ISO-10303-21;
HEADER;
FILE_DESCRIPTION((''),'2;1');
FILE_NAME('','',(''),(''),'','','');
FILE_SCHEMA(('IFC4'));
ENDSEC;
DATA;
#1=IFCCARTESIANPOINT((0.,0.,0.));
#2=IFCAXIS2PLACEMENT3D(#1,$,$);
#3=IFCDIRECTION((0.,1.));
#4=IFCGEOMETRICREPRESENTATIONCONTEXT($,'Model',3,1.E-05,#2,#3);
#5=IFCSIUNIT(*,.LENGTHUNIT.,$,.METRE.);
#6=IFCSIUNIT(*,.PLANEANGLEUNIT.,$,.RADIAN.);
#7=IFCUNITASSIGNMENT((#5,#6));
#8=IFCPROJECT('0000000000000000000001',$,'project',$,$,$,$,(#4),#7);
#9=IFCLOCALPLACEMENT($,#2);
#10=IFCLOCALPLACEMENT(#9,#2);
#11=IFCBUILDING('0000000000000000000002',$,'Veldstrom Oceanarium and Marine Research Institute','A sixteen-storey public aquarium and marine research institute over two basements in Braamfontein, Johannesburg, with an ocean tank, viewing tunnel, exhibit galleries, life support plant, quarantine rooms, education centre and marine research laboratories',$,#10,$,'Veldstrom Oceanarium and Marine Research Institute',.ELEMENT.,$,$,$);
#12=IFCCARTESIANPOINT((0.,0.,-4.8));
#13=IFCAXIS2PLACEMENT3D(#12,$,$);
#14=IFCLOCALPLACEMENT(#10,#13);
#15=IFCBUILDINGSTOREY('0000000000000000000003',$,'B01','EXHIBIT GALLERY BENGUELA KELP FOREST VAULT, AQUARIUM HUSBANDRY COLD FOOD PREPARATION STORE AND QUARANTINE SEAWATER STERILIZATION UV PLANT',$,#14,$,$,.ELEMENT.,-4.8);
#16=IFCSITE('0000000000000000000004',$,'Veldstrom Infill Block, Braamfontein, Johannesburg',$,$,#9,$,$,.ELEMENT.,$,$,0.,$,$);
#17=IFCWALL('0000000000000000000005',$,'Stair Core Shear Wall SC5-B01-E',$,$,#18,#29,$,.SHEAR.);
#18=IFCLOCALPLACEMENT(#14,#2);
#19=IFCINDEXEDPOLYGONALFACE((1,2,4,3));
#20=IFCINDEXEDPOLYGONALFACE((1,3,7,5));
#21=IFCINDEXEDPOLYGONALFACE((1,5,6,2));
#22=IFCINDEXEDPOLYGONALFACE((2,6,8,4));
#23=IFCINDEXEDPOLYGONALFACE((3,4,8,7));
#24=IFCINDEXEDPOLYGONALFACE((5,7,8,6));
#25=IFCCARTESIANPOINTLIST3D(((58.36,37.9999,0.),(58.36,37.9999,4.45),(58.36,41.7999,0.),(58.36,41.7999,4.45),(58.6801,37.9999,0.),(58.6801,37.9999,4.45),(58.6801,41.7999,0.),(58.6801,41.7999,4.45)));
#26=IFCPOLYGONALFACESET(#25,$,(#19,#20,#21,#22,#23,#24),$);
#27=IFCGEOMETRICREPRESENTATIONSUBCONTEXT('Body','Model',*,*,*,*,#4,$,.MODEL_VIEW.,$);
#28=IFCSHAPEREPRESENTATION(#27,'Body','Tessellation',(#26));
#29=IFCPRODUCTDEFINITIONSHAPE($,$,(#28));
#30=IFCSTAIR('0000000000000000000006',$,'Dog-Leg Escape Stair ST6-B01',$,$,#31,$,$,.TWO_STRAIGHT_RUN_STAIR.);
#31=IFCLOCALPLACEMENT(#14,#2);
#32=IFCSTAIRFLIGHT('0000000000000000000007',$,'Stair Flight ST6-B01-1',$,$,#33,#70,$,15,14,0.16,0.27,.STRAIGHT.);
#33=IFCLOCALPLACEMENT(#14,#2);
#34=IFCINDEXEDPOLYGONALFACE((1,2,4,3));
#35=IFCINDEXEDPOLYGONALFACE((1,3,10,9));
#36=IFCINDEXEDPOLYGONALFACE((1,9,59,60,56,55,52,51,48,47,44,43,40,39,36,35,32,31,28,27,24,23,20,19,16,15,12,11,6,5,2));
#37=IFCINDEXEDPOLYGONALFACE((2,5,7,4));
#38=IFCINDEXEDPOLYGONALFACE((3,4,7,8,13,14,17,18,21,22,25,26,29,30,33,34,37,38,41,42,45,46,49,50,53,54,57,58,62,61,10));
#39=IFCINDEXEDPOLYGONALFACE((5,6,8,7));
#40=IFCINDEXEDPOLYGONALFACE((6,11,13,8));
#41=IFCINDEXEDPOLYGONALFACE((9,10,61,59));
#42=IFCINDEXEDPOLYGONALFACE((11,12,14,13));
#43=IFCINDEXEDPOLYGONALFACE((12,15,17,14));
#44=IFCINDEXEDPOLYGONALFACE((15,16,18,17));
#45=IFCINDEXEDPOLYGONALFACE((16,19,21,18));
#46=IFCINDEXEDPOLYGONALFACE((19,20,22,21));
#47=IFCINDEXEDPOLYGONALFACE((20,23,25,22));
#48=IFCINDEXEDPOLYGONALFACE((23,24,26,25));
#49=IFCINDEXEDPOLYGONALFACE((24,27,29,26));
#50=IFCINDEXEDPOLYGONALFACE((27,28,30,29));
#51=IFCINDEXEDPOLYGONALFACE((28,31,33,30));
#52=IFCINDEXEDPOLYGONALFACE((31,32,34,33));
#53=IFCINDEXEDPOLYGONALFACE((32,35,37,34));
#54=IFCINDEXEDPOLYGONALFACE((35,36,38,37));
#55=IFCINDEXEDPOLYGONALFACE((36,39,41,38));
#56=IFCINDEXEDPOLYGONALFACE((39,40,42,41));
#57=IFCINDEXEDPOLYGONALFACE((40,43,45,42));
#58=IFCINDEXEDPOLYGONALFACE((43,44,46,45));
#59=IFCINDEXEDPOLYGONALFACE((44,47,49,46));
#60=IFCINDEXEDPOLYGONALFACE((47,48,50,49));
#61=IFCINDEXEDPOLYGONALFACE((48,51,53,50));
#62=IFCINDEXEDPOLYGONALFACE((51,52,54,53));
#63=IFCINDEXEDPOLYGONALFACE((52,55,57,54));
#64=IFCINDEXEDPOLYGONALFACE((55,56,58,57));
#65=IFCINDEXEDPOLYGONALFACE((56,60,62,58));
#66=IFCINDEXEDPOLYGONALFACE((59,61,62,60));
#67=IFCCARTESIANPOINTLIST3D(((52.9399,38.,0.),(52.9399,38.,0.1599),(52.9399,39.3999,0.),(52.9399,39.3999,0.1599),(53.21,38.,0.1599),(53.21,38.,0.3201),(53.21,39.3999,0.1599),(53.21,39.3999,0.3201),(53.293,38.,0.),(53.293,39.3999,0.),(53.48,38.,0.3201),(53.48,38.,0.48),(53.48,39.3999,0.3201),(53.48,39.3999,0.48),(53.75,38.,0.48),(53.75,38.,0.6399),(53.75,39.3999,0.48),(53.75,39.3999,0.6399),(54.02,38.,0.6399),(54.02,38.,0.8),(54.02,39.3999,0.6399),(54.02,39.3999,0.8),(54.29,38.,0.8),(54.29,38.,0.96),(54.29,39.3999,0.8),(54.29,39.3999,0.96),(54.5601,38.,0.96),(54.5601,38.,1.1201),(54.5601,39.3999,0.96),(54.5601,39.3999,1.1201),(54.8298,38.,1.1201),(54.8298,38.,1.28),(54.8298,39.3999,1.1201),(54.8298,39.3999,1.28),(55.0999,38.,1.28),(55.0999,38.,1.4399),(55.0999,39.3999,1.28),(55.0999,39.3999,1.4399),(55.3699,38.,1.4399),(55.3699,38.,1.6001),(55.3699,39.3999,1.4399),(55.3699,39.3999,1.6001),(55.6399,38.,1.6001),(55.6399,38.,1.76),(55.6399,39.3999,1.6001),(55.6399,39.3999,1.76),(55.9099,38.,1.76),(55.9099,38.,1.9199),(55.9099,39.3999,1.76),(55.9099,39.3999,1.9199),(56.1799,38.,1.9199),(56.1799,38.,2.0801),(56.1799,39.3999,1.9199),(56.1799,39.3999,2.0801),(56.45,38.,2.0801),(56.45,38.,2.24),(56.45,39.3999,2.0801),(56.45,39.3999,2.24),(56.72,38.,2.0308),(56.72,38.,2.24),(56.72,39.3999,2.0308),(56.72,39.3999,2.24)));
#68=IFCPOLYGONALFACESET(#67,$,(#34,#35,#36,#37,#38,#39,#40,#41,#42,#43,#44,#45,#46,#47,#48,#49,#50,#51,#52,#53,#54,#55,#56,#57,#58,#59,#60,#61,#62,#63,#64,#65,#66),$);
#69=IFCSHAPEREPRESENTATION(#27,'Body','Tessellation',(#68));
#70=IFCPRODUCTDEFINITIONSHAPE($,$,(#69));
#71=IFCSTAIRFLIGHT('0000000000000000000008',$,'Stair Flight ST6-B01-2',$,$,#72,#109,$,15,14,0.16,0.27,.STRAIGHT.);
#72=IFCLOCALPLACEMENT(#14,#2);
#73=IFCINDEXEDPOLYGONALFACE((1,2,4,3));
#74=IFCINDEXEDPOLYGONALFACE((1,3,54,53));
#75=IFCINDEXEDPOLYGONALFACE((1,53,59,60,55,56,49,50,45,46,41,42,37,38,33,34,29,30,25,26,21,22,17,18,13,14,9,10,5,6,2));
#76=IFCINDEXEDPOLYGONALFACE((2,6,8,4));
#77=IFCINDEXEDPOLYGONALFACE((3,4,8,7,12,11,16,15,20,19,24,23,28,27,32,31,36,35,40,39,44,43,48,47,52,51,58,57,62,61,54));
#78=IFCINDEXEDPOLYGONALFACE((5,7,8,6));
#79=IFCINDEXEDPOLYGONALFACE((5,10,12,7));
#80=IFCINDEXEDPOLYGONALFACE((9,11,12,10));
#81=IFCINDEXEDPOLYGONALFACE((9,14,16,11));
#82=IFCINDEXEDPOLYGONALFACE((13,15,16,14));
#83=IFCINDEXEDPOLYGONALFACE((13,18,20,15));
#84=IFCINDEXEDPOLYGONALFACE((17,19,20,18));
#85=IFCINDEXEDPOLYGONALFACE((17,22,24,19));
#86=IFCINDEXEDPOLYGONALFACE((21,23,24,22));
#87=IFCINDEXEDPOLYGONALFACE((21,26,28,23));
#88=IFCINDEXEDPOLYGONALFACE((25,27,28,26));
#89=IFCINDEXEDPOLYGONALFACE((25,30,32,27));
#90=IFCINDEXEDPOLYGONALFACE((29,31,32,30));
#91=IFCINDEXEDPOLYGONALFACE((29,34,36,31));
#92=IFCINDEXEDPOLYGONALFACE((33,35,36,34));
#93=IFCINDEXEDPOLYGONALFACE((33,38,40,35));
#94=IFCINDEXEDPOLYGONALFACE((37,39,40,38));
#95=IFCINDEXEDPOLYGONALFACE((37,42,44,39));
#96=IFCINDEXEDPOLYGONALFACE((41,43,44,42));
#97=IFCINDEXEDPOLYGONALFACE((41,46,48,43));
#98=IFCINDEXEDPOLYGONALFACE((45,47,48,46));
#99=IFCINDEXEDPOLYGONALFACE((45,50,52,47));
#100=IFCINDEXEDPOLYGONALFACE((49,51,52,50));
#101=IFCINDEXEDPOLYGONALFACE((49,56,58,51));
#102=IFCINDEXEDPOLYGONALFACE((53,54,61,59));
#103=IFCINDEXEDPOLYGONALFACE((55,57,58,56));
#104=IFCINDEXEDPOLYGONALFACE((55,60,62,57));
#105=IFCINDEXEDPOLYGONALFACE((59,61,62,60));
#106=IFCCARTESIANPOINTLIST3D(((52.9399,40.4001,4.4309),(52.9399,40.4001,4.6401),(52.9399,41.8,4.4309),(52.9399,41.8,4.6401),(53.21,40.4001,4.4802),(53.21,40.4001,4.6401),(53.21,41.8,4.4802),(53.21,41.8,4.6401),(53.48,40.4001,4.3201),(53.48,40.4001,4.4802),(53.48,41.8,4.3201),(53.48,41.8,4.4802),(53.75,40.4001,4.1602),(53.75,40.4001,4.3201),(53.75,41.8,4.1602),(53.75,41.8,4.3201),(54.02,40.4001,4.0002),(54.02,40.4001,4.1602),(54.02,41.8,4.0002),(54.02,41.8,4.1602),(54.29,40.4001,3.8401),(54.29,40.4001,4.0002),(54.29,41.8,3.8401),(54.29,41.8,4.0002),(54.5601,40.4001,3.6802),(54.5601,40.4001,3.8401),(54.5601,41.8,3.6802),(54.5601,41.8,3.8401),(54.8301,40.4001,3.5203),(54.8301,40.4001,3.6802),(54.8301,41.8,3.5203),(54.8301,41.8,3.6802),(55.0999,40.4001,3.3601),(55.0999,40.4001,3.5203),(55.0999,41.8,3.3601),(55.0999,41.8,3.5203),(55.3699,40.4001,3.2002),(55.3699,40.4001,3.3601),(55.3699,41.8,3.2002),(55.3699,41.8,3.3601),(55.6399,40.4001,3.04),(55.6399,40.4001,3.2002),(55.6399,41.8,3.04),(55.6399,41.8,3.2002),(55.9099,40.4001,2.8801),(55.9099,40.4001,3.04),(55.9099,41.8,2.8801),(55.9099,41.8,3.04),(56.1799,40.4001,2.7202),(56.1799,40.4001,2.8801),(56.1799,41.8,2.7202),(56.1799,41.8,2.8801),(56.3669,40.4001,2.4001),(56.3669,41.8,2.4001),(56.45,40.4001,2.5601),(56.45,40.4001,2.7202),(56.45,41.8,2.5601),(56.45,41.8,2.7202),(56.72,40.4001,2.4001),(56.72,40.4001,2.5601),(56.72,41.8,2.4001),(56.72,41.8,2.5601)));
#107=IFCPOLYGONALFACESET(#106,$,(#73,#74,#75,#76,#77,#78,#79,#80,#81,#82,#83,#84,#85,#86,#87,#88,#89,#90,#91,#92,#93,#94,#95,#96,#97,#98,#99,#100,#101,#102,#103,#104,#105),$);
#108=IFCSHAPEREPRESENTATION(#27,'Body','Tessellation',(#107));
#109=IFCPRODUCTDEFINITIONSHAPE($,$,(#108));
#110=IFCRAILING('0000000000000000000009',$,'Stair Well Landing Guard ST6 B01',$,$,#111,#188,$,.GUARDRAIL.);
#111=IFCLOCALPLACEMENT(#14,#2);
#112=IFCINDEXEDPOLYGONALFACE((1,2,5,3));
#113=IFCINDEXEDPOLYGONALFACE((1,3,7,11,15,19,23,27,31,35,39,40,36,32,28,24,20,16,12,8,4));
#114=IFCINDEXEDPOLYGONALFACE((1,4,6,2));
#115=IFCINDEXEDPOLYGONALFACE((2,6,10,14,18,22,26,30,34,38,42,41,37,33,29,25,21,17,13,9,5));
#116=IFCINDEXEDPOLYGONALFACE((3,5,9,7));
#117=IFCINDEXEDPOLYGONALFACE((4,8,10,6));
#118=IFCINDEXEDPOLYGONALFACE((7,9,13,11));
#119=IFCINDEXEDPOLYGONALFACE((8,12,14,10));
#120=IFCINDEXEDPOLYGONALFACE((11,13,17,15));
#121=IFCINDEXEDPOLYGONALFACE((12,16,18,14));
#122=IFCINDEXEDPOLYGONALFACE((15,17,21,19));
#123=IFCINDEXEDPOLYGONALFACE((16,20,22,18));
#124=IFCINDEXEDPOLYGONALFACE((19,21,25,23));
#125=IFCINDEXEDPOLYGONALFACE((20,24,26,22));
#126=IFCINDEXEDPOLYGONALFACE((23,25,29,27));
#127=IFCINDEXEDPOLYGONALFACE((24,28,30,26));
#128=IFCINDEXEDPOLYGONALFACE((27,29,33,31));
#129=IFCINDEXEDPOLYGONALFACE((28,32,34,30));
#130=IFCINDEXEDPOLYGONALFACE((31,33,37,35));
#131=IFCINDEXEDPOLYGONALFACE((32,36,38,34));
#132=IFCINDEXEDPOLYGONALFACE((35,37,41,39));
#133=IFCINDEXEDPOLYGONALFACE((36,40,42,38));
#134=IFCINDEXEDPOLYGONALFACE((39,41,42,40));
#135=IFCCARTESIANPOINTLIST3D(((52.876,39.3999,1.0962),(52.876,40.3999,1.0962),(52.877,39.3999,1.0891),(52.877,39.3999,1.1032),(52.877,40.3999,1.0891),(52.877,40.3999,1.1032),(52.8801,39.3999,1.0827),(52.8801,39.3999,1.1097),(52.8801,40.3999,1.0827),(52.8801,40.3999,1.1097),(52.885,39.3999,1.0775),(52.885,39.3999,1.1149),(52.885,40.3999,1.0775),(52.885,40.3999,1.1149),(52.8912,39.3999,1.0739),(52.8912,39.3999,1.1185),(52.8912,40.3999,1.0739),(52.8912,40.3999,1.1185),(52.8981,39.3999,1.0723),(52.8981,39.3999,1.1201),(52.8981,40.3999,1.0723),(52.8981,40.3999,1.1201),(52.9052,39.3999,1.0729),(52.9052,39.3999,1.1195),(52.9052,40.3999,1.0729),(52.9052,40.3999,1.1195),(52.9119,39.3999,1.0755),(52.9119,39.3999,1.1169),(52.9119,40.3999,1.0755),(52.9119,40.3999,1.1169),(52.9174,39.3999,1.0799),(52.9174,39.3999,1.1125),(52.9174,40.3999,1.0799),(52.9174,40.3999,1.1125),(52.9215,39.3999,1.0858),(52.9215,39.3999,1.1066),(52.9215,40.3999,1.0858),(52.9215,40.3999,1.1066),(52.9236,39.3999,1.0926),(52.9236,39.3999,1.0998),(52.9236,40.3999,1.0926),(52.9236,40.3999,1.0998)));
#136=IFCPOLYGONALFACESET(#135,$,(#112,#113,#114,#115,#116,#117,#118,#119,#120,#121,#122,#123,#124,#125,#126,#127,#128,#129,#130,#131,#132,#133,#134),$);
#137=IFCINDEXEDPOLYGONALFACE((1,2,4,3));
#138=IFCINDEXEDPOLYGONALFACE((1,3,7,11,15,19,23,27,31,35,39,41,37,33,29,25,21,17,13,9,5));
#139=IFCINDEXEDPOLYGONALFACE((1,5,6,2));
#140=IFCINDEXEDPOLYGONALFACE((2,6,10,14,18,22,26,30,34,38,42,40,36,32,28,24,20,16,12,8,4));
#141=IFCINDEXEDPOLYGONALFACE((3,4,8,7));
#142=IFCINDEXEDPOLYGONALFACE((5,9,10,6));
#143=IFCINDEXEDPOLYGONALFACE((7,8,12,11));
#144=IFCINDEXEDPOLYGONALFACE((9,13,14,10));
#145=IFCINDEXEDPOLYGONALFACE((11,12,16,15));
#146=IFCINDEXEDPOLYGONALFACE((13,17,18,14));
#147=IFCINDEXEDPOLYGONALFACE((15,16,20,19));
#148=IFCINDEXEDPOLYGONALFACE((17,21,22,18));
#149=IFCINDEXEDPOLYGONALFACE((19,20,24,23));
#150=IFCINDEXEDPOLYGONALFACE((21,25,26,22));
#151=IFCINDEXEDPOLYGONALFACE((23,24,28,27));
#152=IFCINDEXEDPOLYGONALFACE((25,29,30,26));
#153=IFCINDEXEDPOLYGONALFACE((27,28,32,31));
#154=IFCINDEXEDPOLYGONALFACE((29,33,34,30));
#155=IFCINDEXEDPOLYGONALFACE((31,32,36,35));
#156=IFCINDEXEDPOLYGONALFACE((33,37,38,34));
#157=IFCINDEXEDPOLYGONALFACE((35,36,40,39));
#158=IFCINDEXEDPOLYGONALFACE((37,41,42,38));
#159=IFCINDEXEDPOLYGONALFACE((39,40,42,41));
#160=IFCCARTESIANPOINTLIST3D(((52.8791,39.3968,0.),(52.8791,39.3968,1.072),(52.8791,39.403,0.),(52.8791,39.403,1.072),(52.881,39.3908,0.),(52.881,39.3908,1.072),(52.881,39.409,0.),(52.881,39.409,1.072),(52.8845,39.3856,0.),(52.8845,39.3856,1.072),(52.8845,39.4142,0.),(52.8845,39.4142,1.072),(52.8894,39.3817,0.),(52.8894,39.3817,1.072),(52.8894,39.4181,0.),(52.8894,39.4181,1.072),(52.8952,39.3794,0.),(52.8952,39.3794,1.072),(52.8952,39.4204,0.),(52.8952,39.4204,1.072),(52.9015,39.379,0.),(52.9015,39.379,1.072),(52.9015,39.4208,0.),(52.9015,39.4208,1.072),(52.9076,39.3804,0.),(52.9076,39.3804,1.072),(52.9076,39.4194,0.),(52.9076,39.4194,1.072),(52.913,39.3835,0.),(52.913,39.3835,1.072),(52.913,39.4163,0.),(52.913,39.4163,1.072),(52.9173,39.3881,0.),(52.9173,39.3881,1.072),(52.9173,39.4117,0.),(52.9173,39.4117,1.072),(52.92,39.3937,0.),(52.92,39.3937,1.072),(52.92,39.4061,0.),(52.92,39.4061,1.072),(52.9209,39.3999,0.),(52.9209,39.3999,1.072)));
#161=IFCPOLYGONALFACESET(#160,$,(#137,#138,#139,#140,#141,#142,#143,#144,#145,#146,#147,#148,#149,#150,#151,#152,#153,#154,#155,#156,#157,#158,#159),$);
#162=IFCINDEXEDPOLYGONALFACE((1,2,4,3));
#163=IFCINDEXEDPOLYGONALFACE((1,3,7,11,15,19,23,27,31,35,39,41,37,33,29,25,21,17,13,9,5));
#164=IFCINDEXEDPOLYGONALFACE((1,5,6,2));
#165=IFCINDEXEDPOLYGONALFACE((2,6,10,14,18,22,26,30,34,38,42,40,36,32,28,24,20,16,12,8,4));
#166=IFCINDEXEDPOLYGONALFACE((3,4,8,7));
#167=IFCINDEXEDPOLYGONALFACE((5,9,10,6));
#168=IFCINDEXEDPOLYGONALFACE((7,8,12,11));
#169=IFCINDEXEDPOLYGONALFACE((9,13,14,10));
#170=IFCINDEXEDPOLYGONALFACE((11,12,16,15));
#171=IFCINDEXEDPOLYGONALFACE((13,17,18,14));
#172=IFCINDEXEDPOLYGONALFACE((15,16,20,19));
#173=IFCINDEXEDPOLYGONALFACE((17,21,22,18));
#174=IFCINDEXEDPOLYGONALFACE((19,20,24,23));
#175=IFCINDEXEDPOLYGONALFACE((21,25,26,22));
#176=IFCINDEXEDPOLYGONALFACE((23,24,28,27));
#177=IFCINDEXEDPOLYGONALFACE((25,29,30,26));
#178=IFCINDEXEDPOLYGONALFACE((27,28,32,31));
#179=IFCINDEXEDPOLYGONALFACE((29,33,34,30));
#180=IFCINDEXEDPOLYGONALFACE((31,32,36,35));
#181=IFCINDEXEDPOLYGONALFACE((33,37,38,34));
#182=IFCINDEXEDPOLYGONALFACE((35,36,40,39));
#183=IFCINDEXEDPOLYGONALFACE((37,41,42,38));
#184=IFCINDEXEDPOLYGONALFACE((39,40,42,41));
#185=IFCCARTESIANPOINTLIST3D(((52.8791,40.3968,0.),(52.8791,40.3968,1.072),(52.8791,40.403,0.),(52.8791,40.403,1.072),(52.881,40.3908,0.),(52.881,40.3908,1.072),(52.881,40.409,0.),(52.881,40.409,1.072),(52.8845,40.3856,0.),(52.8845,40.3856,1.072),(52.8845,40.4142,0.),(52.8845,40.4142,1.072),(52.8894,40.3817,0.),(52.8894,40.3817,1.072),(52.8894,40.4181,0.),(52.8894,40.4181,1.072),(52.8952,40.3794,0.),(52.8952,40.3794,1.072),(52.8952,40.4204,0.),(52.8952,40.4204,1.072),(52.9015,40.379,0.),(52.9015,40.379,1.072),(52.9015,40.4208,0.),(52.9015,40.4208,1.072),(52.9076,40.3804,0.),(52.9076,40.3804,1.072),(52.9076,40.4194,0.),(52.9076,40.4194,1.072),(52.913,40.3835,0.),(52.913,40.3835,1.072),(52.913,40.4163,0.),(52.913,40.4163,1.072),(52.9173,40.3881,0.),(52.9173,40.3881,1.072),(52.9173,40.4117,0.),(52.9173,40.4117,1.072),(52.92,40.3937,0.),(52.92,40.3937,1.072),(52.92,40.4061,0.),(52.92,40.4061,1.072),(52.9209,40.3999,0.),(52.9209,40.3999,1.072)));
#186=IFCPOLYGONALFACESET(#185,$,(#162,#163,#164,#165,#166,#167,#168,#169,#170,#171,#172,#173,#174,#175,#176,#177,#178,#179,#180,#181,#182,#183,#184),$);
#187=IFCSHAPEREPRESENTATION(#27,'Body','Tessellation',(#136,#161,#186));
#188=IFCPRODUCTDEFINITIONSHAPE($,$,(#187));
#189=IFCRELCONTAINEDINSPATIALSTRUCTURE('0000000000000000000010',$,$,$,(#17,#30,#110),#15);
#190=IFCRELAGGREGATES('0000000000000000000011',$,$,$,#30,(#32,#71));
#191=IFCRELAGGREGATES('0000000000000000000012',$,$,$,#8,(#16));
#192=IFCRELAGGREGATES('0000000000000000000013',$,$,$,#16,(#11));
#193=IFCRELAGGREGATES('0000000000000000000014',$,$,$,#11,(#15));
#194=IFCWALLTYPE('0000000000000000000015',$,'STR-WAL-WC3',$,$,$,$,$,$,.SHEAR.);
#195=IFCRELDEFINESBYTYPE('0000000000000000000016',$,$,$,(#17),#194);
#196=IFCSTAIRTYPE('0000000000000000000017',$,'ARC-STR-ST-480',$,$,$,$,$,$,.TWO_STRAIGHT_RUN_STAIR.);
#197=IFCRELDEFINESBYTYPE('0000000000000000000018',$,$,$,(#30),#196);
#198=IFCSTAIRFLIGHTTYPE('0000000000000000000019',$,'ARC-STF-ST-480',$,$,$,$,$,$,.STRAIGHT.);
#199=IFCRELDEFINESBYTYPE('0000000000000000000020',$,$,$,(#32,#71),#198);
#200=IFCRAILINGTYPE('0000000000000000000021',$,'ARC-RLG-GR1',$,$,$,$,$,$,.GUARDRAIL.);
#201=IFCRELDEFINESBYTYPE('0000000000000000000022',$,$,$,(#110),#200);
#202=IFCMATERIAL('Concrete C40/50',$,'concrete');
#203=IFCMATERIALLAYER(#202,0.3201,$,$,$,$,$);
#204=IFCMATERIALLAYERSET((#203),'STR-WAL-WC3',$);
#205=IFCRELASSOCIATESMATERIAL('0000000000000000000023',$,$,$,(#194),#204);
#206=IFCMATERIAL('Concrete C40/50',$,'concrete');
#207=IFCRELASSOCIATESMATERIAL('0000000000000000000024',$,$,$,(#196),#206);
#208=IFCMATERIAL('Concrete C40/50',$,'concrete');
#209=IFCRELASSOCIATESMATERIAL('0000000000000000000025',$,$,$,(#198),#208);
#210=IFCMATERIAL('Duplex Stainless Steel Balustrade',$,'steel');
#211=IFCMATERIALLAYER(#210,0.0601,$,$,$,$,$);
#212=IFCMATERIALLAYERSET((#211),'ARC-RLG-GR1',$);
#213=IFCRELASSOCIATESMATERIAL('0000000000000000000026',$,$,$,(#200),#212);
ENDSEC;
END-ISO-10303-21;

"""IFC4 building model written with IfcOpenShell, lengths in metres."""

from ifc_helpers import new_model, si_unit, direction, frame, frame_2d, origin, origin_2d, place, context, subcontext, project, spatial, polyline, rectangle, circle, outline, extrude, material, layer, layer_set, type_object, element, aggregate, save


model = new_model("IFC4")

# Units and contexts
model_context = context("Model", 3, precision=1e-05, world=origin(), true_north=direction((0.0, 1.0)))
body_context = subcontext(model_context, "Body", "Model", "MODEL_VIEW")
ifc_project = project(units=[si_unit("LENGTHUNIT", "METRE"), si_unit("PLANEANGLEUNIT", "RADIAN")], contexts=[model_context])

# Site, building, storey
site_placement = place(None, origin())
site = spatial("IfcSite", under=ifc_project, at=site_placement, Name="Veldstrom Infill Block, Braamfontein, Johannesburg", CompositionType="ELEMENT", RefElevation=0.0)
building_placement = place(site_placement, origin())
building = spatial("IfcBuilding", under=site, at=building_placement, Name="Veldstrom Oceanarium and Marine Research Institute", Description="A sixteen-storey public aquarium and marine research institute over two basements in Braamfontein, Johannesburg, with an ocean tank, viewing tunnel, exhibit galleries, life support plant, quarantine rooms, education centre and marine research laboratories", LongName="Veldstrom Oceanarium and Marine Research Institute", CompositionType="ELEMENT")
storey_placement = place(building_placement, frame((0.0, 0.0, -4.8)))
storey = spatial("IfcBuildingStorey", under=building, at=storey_placement, Name="B01", Description="EXHIBIT GALLERY BENGUELA KELP FOREST VAULT, AQUARIUM HUSBANDRY COLD FOOD PREPARATION STORE AND QUARANTINE SEAWATER STERILIZATION UV PLANT", CompositionType="ELEMENT", Elevation=-4.8)

# Wall
ifc_material_1 = material(Name="Concrete C40/50", Category="concrete")
ifc_layer_1 = layer(ifc_material_1, 0.3201)
ifc_layer_set_1 = layer_set([ifc_layer_1], Name="STR-WAL-WC3")
wall_type_1 = type_object("IfcWallType", Name="STR-WAL-WC3", PredefinedType="SHEAR", material=ifc_layer_set_1)
wall_1_placement = place(storey_placement, frame((58.52, 38.0, 0.0), z_axis=(0.0, 0.0, 1.0), x_axis=(0.0, 1.0, 0.0)))
element("IfcWall", 1, at=wall_1_placement, inside=storey, type_object=wall_type_1, Name="Stair Core Shear Wall SC5-B01-E", PredefinedType="SHEAR", context=body_context, shape_type="SweptSolid", body=[
    extrude(rectangle(XDim=3.8, YDim=0.3201, at=frame_2d((1.8999, 0.0))), origin(), (0.0, 0.0, 1.0), 4.45),
])

# Stair, stair flights
ifc_material_2 = material(Name="Concrete C40/50", Category="concrete")
stair_type = type_object("IfcStairType", Name="ARC-STR-ST-480", PredefinedType="TWO_STRAIGHT_RUN_STAIR", material=ifc_material_2)
stair_placement = place(storey_placement, origin())
stair = element("IfcStair", 2, at=stair_placement, inside=storey, type_object=stair_type, Name="Dog-Leg Escape Stair ST6-B01", PredefinedType="TWO_STRAIGHT_RUN_STAIR")
ifc_material_3 = material(Name="Concrete C40/50", Category="concrete")
stair_flight_type = type_object("IfcStairFlightType", Name="ARC-STF-ST-480", PredefinedType="STRAIGHT", material=ifc_material_3)
stair_flight_1_placement = place(storey_placement, frame((52.9399, 38.7, 0.0), z_axis=(0.0, 0.0, 1.0), x_axis=(1.0, 0.0, 0.0)))
stair_flight_1 = element("IfcStairFlight", 3, at=stair_flight_1_placement, type_object=stair_flight_type, Name="Stair Flight ST6-B01-1", NumberOfRisers=15, NumberOfTreads=14, PredefinedType="STRAIGHT", RiserHeight=0.16, TreadLength=0.27, context=body_context, shape_type="SweptSolid", body=[
    extrude(outline(polyline([(0.0, 0.0), (0.0, 0.1599), (0.27, 0.1599), (0.27, 0.3201), (0.54, 0.3201), (0.54, 0.48), (0.8101, 0.48), (0.8101, 0.6399), (1.0801, 0.6399), (1.0801, 0.8), (1.3501, 0.8), (1.3501, 0.96), (1.6201, 0.96), (1.6201, 1.1201), (1.8899, 1.1201), (1.8899, 1.28), (2.1599, 1.28), (2.1599, 1.4399), (2.4299, 1.4399), (2.4299, 1.6001), (2.7, 1.6001), (2.7, 1.76), (2.97, 1.76), (2.97, 1.9199), (3.24, 1.9199), (3.24, 2.0801), (3.51, 2.0801), (3.51, 2.24), (3.78, 2.24), (3.78, 2.3999), (3.78, 2.0308), (0.353, 0.0), (0.0, 0.0)])), frame((0.0, 0.7, 0.0), z_axis=(0.0, -1.0, 0.0), x_axis=(1.0, 0.0, 0.0)), (0.0, 0.0, 1.0), 1.3999),
])
stair_flight_2_placement = place(storey_placement, frame((56.72, 41.1001, 2.4001), z_axis=(0.0, 0.0, 1.0), x_axis=(-1.0, 0.0, 0.0)))
stair_flight_2 = element("IfcStairFlight", 4, at=stair_flight_2_placement, type_object=stair_flight_type, Name="Stair Flight ST6-B01-2", NumberOfRisers=15, NumberOfTreads=14, PredefinedType="STRAIGHT", RiserHeight=0.16, TreadLength=0.27, context=body_context, shape_type="SweptSolid", body=[
    extrude(outline(polyline([(0.0, 0.0), (0.0, 0.1599), (0.27, 0.1599), (0.27, 0.3201), (0.54, 0.3201), (0.54, 0.48), (0.8101, 0.48), (0.8101, 0.6399), (1.0801, 0.6399), (1.0801, 0.8), (1.3501, 0.8), (1.3501, 0.96), (1.6201, 0.96), (1.6201, 1.1201), (1.8899, 1.1201), (1.8899, 1.28), (2.1599, 1.28), (2.1599, 1.4399), (2.4299, 1.4399), (2.4299, 1.6001), (2.7, 1.6001), (2.7, 1.76), (2.97, 1.76), (2.97, 1.9199), (3.24, 1.9199), (3.24, 2.0801), (3.51, 2.0801), (3.51, 2.24), (3.78, 2.24), (3.78, 2.3999), (3.78, 2.0308), (0.353, 0.0), (0.0, 0.0)])), frame((0.0, 0.7, 0.0), z_axis=(0.0, -1.0, 0.0), x_axis=(1.0, 0.0, 0.0)), (0.0, 0.0, 1.0), 1.3999),
])
aggregate(stair, [stair_flight_1, stair_flight_2])

# Railing
ifc_material_4 = material(Name="Duplex Stainless Steel Balustrade", Category="steel")
ifc_layer_2 = layer(ifc_material_4, 0.0601)
ifc_layer_set_2 = layer_set([ifc_layer_2], Name="ARC-RLG-GR1")
railing_type_1 = type_object("IfcRailingType", Name="ARC-RLG-GR1", PredefinedType="GUARDRAIL", material=ifc_layer_set_2)
railing_1_placement = place(storey_placement, frame((52.8999, 39.3999, 0.0)))
element("IfcRailing", 5, at=railing_1_placement, inside=storey, type_object=railing_type_1, Name="Stair Well Landing Guard ST6 B01", PredefinedType="GUARDRAIL", context=body_context, shape_type="SweptSolid", body=[
    extrude(circle(Radius=0.0239, at=origin_2d()), frame((0.0, 0.0, 1.0962), z_axis=(0.0, 1.0, 0.0), x_axis=(-1.0, 0.0, 0.0)), (0.0, 0.0, 1.0), 1.0),
    extrude(circle(Radius=0.021, at=origin_2d()), origin(), (0.0, 0.0, 1.0), 1.072),
    extrude(circle(Radius=0.021, at=origin_2d()), frame((0.0, 1.0, 0.0)), (0.0, 0.0, 1.0), 1.072),
])

save(model, "model.ifc")
